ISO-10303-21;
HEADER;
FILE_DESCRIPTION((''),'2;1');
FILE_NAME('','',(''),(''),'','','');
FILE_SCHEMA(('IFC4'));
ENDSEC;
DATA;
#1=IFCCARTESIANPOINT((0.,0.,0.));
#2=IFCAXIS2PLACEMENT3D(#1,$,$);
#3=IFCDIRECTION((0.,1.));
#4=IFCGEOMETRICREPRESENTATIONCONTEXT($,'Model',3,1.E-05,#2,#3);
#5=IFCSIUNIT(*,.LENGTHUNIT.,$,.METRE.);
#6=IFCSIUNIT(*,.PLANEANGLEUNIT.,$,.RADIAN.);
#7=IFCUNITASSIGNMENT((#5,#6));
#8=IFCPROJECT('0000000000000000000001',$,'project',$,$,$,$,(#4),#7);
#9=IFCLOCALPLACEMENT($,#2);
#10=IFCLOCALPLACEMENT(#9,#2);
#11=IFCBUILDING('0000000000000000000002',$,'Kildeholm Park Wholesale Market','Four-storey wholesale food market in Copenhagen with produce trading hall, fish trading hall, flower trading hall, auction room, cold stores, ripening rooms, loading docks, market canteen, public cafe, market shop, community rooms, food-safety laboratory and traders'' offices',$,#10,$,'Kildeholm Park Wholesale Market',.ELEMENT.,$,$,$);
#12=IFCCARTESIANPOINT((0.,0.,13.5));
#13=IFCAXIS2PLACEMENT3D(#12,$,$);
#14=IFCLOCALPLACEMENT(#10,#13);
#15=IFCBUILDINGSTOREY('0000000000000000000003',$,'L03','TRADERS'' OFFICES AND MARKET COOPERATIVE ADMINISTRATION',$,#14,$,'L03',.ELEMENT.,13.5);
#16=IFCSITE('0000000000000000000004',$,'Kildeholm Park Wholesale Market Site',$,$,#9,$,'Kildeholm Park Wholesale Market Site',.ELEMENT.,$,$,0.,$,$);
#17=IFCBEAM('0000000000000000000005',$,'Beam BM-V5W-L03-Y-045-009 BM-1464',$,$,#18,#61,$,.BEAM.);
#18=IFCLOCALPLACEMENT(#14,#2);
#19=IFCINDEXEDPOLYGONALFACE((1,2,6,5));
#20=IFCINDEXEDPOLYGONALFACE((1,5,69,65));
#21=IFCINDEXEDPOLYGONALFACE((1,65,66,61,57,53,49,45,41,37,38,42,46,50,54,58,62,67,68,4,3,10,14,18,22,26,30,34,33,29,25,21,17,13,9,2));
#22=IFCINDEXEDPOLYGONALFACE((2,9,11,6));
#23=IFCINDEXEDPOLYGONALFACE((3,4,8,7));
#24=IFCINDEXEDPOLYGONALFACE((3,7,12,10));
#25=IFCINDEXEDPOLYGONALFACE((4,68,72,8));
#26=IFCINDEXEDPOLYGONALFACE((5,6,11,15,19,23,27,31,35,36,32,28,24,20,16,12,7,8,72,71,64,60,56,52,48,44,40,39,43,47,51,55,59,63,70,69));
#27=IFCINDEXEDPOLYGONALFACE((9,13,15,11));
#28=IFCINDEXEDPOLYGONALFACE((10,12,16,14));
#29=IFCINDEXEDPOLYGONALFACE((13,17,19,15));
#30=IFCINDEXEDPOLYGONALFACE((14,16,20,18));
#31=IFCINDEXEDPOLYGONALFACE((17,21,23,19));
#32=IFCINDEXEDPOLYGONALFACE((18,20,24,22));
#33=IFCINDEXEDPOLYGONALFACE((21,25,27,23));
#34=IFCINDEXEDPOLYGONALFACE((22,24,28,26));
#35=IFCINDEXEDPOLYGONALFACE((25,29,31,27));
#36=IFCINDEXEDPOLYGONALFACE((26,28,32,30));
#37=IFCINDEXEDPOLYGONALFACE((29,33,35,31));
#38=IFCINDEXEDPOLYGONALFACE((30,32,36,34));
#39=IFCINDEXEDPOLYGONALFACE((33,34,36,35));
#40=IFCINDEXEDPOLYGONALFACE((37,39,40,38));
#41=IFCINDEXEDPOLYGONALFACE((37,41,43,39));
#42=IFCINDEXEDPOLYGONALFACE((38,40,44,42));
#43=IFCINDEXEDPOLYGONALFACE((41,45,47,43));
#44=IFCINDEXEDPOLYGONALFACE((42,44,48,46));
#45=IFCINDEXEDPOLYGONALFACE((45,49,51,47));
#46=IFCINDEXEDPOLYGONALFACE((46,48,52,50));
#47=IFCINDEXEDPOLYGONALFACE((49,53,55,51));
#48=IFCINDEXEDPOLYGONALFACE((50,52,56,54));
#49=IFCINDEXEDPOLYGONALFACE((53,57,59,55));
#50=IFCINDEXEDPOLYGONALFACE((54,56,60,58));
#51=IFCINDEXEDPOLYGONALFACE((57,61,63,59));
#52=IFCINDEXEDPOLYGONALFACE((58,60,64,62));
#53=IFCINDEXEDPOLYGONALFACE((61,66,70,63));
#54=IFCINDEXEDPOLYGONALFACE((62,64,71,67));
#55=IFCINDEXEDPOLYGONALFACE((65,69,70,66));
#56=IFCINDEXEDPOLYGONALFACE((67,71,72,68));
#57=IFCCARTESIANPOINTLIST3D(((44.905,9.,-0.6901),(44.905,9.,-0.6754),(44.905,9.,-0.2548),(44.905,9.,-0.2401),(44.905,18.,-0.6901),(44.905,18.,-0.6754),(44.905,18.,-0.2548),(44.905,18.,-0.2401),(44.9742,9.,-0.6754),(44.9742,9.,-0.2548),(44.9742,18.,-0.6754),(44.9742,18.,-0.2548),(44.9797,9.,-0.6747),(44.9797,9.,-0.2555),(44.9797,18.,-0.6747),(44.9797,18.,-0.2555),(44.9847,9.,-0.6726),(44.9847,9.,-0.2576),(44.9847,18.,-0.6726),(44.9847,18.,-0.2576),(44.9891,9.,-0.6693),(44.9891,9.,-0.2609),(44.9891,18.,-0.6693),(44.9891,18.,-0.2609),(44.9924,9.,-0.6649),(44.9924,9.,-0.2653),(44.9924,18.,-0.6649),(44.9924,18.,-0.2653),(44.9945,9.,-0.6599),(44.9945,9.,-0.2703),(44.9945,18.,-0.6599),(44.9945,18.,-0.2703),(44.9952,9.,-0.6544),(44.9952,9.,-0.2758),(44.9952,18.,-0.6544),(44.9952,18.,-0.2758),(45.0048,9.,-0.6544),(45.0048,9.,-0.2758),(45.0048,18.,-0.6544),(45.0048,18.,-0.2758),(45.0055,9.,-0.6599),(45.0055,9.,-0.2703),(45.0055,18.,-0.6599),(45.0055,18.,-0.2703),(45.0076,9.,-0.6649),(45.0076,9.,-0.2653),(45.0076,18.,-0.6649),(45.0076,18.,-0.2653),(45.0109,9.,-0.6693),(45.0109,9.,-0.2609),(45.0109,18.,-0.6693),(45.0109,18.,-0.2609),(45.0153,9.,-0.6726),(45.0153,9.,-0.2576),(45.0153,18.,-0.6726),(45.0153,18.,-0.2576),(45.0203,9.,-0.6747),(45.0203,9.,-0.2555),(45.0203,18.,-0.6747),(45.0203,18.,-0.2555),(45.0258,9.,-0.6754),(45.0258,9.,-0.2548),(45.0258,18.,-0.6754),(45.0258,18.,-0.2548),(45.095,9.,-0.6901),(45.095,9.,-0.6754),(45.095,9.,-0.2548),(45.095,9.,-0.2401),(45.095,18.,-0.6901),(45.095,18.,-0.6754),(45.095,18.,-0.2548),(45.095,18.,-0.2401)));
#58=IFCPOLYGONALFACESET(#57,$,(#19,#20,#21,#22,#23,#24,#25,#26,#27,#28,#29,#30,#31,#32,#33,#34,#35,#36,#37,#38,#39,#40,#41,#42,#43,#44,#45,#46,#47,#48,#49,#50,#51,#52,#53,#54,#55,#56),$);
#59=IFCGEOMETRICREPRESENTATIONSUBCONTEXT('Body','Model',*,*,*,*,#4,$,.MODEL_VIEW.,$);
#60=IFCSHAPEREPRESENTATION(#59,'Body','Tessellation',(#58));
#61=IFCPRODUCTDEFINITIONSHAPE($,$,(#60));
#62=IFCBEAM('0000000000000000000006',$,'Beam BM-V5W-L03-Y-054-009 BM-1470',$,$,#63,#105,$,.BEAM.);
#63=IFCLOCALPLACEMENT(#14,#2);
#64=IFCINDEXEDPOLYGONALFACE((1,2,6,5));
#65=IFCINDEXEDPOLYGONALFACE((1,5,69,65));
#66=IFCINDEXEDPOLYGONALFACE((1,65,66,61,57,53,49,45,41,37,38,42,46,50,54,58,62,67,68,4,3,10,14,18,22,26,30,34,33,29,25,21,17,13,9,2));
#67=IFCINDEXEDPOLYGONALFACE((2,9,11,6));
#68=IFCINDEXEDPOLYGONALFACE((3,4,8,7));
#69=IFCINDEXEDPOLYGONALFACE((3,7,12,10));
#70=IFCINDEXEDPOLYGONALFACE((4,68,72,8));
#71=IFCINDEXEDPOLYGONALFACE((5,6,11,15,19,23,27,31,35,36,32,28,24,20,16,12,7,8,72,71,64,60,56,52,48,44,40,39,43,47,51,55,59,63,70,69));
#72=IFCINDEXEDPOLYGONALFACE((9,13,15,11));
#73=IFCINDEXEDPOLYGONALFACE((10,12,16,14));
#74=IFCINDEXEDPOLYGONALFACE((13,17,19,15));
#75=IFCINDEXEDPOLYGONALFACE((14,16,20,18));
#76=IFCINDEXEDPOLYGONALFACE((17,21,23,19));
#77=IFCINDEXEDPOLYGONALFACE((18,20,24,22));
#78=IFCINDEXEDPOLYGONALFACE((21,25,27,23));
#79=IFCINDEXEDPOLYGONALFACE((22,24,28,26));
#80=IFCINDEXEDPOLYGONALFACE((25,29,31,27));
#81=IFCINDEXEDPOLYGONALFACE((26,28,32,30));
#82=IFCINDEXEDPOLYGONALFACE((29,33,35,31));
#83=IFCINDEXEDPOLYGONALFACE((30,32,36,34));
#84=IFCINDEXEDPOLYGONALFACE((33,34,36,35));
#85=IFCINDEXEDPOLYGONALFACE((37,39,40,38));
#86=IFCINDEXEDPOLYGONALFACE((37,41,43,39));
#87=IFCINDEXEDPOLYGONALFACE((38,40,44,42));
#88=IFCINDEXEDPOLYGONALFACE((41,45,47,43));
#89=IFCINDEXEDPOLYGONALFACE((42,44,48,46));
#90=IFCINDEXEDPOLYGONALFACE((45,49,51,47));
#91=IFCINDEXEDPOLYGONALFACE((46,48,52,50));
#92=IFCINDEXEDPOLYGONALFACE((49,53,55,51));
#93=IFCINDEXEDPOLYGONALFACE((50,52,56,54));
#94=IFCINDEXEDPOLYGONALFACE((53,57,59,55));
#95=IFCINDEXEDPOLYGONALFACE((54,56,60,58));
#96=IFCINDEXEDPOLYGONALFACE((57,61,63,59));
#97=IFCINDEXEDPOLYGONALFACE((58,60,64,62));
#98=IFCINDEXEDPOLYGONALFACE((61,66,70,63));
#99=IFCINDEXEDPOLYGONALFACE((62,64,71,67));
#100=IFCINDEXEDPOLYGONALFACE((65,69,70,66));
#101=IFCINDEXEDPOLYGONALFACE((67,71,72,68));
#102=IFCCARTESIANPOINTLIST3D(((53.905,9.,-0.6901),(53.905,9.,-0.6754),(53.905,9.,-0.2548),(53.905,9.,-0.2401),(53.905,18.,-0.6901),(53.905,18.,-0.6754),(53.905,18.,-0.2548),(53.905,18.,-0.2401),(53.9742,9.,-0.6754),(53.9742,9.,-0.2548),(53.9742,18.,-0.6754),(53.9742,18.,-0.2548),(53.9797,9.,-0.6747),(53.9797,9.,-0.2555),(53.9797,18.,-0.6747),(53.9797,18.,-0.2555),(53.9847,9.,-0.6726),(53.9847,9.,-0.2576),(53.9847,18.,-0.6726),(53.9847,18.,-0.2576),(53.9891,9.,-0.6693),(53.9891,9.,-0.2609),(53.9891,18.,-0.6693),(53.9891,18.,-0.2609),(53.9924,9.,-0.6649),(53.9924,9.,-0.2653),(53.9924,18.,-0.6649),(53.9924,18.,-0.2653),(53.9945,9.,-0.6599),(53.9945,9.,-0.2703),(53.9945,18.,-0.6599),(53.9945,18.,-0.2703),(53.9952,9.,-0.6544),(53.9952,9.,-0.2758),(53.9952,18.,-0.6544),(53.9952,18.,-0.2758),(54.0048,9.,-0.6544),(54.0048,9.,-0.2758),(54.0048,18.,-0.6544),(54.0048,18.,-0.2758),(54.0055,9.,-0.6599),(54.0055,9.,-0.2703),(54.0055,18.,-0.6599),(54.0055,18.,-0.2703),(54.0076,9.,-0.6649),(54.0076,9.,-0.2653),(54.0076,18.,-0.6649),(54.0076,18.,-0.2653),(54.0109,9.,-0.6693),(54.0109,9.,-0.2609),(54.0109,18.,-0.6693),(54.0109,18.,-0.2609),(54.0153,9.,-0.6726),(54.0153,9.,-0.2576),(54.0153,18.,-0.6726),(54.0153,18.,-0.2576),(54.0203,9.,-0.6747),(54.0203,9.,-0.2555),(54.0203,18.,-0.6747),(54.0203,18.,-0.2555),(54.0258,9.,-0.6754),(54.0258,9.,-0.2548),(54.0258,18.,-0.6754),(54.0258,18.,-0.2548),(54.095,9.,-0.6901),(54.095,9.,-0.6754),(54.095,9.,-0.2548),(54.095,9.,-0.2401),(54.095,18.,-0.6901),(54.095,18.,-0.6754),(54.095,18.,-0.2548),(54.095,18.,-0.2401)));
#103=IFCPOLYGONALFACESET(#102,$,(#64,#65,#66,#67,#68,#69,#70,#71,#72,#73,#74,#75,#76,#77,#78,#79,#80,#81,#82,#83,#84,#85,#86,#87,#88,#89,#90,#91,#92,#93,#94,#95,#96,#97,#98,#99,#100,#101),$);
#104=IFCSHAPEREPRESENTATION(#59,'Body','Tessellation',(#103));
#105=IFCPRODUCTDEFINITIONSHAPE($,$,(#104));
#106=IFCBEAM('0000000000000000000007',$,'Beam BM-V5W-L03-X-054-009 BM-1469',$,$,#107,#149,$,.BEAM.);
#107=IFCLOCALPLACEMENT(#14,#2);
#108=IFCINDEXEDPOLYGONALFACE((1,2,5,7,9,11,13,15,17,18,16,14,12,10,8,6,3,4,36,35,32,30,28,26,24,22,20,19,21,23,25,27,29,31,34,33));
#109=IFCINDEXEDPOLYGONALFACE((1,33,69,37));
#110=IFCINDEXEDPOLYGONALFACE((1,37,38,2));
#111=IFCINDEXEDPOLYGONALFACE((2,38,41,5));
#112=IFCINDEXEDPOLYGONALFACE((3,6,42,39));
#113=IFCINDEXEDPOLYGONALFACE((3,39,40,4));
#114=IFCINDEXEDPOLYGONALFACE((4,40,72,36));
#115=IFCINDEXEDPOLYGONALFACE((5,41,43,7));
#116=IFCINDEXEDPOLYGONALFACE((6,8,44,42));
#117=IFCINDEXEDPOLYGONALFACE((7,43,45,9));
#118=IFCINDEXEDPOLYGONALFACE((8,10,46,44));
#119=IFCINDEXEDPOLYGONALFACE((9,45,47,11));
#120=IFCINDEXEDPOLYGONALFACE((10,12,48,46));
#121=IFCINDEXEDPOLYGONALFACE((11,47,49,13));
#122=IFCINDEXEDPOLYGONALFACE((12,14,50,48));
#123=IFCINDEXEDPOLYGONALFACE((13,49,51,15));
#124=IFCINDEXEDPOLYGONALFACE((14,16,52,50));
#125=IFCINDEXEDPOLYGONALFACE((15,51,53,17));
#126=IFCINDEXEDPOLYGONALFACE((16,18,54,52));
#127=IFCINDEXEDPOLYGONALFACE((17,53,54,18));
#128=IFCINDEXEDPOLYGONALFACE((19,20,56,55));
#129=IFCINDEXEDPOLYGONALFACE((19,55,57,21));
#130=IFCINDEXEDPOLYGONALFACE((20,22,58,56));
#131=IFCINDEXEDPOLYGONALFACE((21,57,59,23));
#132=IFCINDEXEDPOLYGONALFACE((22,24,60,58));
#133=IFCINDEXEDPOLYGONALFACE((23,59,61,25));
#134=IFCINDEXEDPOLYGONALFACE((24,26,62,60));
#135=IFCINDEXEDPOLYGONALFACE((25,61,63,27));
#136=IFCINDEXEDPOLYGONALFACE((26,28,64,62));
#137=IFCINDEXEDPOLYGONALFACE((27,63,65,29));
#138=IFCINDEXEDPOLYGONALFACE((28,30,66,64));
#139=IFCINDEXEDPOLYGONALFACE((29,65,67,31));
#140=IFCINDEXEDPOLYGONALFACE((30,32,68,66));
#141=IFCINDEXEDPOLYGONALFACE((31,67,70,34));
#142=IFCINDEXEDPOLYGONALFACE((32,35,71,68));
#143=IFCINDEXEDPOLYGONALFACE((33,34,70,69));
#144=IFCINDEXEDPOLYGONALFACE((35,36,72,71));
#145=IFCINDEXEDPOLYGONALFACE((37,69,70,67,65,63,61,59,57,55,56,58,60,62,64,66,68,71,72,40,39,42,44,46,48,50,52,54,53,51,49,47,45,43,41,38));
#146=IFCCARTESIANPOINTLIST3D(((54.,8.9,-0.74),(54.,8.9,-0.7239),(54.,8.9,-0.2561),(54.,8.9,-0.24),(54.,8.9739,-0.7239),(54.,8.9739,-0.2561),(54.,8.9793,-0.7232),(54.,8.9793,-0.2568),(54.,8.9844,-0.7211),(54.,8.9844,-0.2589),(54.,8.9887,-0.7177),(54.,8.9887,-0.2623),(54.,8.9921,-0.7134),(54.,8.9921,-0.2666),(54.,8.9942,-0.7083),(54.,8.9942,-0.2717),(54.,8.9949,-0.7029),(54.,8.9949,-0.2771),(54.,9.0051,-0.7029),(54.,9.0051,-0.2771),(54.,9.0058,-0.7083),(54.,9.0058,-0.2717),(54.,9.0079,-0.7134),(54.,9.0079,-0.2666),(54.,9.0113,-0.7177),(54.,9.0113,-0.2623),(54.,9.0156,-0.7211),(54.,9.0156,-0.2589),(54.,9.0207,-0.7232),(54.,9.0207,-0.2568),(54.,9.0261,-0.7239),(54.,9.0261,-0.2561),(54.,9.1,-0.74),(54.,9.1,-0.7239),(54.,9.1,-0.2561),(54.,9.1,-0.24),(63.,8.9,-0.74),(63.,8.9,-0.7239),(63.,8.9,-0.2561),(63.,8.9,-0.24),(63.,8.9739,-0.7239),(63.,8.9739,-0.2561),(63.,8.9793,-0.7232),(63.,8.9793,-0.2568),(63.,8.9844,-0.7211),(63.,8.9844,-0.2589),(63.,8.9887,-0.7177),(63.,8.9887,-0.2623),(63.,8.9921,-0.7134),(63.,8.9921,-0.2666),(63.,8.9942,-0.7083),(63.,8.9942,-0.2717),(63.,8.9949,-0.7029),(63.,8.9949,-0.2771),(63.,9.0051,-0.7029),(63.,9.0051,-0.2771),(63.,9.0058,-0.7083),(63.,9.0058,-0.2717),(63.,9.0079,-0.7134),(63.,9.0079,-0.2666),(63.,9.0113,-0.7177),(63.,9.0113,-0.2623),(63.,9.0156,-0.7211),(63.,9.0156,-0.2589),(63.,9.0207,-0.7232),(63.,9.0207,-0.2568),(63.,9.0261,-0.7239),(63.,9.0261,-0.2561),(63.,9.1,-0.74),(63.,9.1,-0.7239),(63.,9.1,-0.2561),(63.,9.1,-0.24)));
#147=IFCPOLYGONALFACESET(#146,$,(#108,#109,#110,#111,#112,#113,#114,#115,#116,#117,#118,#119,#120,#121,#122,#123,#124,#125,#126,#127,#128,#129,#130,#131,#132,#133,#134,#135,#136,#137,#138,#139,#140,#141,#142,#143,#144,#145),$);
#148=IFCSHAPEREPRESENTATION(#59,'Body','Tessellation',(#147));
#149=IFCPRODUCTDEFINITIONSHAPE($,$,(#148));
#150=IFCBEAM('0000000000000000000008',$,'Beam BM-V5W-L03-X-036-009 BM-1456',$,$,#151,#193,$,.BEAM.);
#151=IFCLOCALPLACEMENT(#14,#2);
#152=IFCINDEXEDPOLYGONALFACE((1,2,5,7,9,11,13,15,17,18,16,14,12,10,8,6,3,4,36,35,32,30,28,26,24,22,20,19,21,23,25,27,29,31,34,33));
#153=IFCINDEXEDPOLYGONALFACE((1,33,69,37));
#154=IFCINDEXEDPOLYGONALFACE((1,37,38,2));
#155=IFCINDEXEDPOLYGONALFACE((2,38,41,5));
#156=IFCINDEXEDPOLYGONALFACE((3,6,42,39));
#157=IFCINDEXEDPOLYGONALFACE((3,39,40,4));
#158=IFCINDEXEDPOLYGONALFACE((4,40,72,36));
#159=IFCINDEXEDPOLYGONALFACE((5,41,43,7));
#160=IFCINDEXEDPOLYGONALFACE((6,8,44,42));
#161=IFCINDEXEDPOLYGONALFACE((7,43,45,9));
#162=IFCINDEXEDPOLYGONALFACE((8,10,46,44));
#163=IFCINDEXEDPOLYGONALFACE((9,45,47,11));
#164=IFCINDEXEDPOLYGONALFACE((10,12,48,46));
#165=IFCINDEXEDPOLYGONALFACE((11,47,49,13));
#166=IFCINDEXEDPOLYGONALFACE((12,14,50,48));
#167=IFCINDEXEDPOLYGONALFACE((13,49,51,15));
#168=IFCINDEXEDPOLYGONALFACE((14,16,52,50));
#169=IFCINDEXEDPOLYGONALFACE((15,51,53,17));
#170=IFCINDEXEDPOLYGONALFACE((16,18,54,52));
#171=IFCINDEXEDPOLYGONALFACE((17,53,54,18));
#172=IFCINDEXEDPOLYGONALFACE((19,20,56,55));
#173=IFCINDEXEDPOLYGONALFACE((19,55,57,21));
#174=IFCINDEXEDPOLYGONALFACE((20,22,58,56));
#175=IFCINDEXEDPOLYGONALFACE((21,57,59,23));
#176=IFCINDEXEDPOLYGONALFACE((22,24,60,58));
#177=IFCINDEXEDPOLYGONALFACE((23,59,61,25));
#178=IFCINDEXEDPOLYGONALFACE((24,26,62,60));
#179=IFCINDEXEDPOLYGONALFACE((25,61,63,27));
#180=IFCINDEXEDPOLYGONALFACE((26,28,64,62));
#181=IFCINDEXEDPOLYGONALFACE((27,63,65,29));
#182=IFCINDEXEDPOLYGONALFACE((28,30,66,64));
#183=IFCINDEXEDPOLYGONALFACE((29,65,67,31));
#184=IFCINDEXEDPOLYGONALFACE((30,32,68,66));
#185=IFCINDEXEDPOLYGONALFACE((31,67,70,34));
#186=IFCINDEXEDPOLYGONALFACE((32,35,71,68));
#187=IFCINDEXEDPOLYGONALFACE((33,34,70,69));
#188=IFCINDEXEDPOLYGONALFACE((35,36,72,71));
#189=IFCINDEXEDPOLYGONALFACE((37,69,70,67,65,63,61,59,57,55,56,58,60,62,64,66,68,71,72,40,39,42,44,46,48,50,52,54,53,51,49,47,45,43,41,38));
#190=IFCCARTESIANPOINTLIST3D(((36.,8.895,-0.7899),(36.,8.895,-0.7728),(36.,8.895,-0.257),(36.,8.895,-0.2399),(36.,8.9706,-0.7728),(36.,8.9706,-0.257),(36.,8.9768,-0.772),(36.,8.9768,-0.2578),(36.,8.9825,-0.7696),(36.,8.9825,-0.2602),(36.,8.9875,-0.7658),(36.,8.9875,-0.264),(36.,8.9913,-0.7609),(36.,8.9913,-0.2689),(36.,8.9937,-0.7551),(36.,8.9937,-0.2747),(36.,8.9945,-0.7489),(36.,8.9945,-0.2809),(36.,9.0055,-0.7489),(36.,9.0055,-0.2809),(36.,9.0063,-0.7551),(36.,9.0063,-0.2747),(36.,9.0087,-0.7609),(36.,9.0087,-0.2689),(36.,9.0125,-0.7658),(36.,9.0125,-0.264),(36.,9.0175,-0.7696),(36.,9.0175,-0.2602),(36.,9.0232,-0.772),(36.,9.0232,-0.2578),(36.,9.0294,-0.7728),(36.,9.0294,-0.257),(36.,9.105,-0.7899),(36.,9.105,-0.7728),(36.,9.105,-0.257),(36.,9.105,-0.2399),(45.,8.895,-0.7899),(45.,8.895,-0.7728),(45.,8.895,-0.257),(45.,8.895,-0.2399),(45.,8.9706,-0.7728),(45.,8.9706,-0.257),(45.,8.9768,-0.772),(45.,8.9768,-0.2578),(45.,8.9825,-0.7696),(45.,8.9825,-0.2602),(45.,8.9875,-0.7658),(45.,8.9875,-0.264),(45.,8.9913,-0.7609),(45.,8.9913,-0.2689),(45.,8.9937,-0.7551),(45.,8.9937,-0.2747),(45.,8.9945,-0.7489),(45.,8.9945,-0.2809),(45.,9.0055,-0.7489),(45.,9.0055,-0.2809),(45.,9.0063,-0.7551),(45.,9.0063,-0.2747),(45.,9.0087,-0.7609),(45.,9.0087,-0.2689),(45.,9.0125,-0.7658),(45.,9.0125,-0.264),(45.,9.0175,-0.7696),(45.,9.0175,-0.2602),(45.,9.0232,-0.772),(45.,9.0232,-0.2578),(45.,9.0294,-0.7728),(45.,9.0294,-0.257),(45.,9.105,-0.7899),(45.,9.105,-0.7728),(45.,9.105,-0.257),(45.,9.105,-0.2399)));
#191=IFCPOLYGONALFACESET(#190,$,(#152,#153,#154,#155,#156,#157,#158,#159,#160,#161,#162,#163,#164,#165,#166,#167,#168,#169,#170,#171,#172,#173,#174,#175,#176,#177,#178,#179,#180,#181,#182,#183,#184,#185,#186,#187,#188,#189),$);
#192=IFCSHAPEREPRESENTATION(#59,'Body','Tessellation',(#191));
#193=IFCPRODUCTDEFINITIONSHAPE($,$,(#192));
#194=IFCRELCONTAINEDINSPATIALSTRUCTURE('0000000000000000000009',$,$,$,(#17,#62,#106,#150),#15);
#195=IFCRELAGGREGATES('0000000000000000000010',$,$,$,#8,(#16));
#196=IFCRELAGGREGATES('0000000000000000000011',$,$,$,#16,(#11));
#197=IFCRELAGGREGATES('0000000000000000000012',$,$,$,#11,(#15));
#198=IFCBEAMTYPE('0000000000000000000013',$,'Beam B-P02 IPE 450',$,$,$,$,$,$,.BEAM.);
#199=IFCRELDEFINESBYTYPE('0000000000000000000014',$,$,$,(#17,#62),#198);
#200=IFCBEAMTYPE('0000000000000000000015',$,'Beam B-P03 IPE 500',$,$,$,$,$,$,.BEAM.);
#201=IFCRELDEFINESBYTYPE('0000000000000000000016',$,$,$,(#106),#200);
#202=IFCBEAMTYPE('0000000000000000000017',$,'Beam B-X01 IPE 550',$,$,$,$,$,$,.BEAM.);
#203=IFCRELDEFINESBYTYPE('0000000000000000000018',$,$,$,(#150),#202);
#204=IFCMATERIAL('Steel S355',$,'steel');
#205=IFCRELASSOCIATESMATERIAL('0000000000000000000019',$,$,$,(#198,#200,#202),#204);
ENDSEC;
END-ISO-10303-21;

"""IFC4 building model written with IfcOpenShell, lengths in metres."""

from ifc_helpers import new_model, si_unit, direction, frame, origin, origin_2d, place, context, subcontext, project, spatial, i_section, extrude, material, material_profile, profile_set, type_object, element, save


model = new_model("IFC4")

# Units and contexts
model_context = context("Model", 3, precision=1e-05, world=origin(), true_north=direction((0.0, 1.0)))
body_context = subcontext(model_context, "Body", "Model", "MODEL_VIEW")
ifc_project = project(units=[si_unit("LENGTHUNIT", "METRE"), si_unit("PLANEANGLEUNIT", "RADIAN")], contexts=[model_context])

# Site, building, storey
site_placement = place(None, origin())
site = spatial("IfcSite", under=ifc_project, at=site_placement, Name="Kildeholm Park Wholesale Market Site", LongName="Kildeholm Park Wholesale Market Site", CompositionType="ELEMENT", RefElevation=0.0)
building_placement = place(site_placement, origin())
building = spatial("IfcBuilding", under=site, at=building_placement, Name="Kildeholm Park Wholesale Market", Description="Four-storey wholesale food market in Copenhagen with produce trading hall, fish trading hall, flower trading hall, auction room, cold stores, ripening rooms, loading docks, market canteen, public cafe, market shop, community rooms, food-safety laboratory and traders' offices", LongName="Kildeholm Park Wholesale Market", CompositionType="ELEMENT")
storey_placement = place(building_placement, frame((0.0, 0.0, 13.5)))
storey = spatial("IfcBuildingStorey", under=building, at=storey_placement, Name="L03", Description="TRADERS' OFFICES AND MARKET COOPERATIVE ADMINISTRATION", LongName="L03", CompositionType="ELEMENT", Elevation=13.5)

# Shared definitions
ifc_material_1 = material(Name="Steel S355", Category="steel")

# Beams
ifc_material_profile_1 = material_profile(ifc_material_1, i_section(OverallWidth=0.1899, OverallDepth=0.45, WebThickness=0.0095, FlangeThickness=0.0146, FilletRadius=0.021, at=origin_2d()), Name="IPE 450")
ifc_profile_set_1 = profile_set([ifc_material_profile_1], Name="Steel S355")
beam_type_1 = type_object("IfcBeamType", Name="Beam B-P02 IPE 450", PredefinedType="BEAM", material=ifc_profile_set_1)
for number, where, z_axis, x_axis, name in (
    (1, (45.0, 9.0, -0.4651), (0.0, 1.0, 0.0), (-1.0, 0.0, 0.0), "Beam BM-V5W-L03-Y-045-009 BM-1464"),
    (2, (54.0, 9.0, -0.4651), (0.0, 1.0, 0.0), (-1.0, 0.0, 0.0), "Beam BM-V5W-L03-Y-054-009 BM-1470"),
):
    element("IfcBeam", number, at=place(storey_placement, frame(where, z_axis=z_axis, x_axis=x_axis)), inside=storey, type_object=beam_type_1, Name=name, PredefinedType="BEAM", context=body_context, shape_type="SweptSolid", body=[
        extrude(i_section(OverallWidth=0.1899, OverallDepth=0.45, WebThickness=0.0095, FlangeThickness=0.0146, FilletRadius=0.021, at=origin_2d()), origin(), (0.0, 0.0, 1.0), 9.0),
    ])
ifc_material_profile_2 = material_profile(ifc_material_1, i_section(OverallWidth=0.2, OverallDepth=0.5, WebThickness=0.0103, FlangeThickness=0.0161, FilletRadius=0.021, at=origin_2d()), Name="IPE 500")
ifc_profile_set_2 = profile_set([ifc_material_profile_2], Name="Steel S355")
beam_type_2 = type_object("IfcBeamType", Name="Beam B-P03 IPE 500", PredefinedType="BEAM", material=ifc_profile_set_2)
beam_1_placement = place(storey_placement, frame((54.0, 9.0, -0.49), z_axis=(1.0, 0.0, 0.0), x_axis=(0.0, 1.0, 0.0)))
element("IfcBeam", 3, at=beam_1_placement, inside=storey, type_object=beam_type_2, Name="Beam BM-V5W-L03-X-054-009 BM-1469", PredefinedType="BEAM", context=body_context, shape_type="SweptSolid", body=[
    extrude(i_section(OverallWidth=0.2, OverallDepth=0.5, WebThickness=0.0103, FlangeThickness=0.0161, FilletRadius=0.021, at=origin_2d()), origin(), (0.0, 0.0, 1.0), 9.0),
])
ifc_material_profile_3 = material_profile(ifc_material_1, i_section(OverallWidth=0.21, OverallDepth=0.55, WebThickness=0.011, FlangeThickness=0.0171, FilletRadius=0.0239, at=origin_2d()), Name="IPE 550")
ifc_profile_set_3 = profile_set([ifc_material_profile_3], Name="Steel S355")
beam_type_3 = type_object("IfcBeamType", Name="Beam B-X01 IPE 550", PredefinedType="BEAM", material=ifc_profile_set_3)
beam_2_placement = place(storey_placement, frame((36.0, 9.0, -0.5149), z_axis=(1.0, 0.0, 0.0), x_axis=(0.0, 1.0, 0.0)))
element("IfcBeam", 4, at=beam_2_placement, inside=storey, type_object=beam_type_3, Name="Beam BM-V5W-L03-X-036-009 BM-1456", PredefinedType="BEAM", context=body_context, shape_type="SweptSolid", body=[
    extrude(i_section(OverallWidth=0.21, OverallDepth=0.55, WebThickness=0.011, FlangeThickness=0.0171, FilletRadius=0.0239, at=origin_2d()), origin(), (0.0, 0.0, 1.0), 9.0),
])

save(model, "model.ifc")
